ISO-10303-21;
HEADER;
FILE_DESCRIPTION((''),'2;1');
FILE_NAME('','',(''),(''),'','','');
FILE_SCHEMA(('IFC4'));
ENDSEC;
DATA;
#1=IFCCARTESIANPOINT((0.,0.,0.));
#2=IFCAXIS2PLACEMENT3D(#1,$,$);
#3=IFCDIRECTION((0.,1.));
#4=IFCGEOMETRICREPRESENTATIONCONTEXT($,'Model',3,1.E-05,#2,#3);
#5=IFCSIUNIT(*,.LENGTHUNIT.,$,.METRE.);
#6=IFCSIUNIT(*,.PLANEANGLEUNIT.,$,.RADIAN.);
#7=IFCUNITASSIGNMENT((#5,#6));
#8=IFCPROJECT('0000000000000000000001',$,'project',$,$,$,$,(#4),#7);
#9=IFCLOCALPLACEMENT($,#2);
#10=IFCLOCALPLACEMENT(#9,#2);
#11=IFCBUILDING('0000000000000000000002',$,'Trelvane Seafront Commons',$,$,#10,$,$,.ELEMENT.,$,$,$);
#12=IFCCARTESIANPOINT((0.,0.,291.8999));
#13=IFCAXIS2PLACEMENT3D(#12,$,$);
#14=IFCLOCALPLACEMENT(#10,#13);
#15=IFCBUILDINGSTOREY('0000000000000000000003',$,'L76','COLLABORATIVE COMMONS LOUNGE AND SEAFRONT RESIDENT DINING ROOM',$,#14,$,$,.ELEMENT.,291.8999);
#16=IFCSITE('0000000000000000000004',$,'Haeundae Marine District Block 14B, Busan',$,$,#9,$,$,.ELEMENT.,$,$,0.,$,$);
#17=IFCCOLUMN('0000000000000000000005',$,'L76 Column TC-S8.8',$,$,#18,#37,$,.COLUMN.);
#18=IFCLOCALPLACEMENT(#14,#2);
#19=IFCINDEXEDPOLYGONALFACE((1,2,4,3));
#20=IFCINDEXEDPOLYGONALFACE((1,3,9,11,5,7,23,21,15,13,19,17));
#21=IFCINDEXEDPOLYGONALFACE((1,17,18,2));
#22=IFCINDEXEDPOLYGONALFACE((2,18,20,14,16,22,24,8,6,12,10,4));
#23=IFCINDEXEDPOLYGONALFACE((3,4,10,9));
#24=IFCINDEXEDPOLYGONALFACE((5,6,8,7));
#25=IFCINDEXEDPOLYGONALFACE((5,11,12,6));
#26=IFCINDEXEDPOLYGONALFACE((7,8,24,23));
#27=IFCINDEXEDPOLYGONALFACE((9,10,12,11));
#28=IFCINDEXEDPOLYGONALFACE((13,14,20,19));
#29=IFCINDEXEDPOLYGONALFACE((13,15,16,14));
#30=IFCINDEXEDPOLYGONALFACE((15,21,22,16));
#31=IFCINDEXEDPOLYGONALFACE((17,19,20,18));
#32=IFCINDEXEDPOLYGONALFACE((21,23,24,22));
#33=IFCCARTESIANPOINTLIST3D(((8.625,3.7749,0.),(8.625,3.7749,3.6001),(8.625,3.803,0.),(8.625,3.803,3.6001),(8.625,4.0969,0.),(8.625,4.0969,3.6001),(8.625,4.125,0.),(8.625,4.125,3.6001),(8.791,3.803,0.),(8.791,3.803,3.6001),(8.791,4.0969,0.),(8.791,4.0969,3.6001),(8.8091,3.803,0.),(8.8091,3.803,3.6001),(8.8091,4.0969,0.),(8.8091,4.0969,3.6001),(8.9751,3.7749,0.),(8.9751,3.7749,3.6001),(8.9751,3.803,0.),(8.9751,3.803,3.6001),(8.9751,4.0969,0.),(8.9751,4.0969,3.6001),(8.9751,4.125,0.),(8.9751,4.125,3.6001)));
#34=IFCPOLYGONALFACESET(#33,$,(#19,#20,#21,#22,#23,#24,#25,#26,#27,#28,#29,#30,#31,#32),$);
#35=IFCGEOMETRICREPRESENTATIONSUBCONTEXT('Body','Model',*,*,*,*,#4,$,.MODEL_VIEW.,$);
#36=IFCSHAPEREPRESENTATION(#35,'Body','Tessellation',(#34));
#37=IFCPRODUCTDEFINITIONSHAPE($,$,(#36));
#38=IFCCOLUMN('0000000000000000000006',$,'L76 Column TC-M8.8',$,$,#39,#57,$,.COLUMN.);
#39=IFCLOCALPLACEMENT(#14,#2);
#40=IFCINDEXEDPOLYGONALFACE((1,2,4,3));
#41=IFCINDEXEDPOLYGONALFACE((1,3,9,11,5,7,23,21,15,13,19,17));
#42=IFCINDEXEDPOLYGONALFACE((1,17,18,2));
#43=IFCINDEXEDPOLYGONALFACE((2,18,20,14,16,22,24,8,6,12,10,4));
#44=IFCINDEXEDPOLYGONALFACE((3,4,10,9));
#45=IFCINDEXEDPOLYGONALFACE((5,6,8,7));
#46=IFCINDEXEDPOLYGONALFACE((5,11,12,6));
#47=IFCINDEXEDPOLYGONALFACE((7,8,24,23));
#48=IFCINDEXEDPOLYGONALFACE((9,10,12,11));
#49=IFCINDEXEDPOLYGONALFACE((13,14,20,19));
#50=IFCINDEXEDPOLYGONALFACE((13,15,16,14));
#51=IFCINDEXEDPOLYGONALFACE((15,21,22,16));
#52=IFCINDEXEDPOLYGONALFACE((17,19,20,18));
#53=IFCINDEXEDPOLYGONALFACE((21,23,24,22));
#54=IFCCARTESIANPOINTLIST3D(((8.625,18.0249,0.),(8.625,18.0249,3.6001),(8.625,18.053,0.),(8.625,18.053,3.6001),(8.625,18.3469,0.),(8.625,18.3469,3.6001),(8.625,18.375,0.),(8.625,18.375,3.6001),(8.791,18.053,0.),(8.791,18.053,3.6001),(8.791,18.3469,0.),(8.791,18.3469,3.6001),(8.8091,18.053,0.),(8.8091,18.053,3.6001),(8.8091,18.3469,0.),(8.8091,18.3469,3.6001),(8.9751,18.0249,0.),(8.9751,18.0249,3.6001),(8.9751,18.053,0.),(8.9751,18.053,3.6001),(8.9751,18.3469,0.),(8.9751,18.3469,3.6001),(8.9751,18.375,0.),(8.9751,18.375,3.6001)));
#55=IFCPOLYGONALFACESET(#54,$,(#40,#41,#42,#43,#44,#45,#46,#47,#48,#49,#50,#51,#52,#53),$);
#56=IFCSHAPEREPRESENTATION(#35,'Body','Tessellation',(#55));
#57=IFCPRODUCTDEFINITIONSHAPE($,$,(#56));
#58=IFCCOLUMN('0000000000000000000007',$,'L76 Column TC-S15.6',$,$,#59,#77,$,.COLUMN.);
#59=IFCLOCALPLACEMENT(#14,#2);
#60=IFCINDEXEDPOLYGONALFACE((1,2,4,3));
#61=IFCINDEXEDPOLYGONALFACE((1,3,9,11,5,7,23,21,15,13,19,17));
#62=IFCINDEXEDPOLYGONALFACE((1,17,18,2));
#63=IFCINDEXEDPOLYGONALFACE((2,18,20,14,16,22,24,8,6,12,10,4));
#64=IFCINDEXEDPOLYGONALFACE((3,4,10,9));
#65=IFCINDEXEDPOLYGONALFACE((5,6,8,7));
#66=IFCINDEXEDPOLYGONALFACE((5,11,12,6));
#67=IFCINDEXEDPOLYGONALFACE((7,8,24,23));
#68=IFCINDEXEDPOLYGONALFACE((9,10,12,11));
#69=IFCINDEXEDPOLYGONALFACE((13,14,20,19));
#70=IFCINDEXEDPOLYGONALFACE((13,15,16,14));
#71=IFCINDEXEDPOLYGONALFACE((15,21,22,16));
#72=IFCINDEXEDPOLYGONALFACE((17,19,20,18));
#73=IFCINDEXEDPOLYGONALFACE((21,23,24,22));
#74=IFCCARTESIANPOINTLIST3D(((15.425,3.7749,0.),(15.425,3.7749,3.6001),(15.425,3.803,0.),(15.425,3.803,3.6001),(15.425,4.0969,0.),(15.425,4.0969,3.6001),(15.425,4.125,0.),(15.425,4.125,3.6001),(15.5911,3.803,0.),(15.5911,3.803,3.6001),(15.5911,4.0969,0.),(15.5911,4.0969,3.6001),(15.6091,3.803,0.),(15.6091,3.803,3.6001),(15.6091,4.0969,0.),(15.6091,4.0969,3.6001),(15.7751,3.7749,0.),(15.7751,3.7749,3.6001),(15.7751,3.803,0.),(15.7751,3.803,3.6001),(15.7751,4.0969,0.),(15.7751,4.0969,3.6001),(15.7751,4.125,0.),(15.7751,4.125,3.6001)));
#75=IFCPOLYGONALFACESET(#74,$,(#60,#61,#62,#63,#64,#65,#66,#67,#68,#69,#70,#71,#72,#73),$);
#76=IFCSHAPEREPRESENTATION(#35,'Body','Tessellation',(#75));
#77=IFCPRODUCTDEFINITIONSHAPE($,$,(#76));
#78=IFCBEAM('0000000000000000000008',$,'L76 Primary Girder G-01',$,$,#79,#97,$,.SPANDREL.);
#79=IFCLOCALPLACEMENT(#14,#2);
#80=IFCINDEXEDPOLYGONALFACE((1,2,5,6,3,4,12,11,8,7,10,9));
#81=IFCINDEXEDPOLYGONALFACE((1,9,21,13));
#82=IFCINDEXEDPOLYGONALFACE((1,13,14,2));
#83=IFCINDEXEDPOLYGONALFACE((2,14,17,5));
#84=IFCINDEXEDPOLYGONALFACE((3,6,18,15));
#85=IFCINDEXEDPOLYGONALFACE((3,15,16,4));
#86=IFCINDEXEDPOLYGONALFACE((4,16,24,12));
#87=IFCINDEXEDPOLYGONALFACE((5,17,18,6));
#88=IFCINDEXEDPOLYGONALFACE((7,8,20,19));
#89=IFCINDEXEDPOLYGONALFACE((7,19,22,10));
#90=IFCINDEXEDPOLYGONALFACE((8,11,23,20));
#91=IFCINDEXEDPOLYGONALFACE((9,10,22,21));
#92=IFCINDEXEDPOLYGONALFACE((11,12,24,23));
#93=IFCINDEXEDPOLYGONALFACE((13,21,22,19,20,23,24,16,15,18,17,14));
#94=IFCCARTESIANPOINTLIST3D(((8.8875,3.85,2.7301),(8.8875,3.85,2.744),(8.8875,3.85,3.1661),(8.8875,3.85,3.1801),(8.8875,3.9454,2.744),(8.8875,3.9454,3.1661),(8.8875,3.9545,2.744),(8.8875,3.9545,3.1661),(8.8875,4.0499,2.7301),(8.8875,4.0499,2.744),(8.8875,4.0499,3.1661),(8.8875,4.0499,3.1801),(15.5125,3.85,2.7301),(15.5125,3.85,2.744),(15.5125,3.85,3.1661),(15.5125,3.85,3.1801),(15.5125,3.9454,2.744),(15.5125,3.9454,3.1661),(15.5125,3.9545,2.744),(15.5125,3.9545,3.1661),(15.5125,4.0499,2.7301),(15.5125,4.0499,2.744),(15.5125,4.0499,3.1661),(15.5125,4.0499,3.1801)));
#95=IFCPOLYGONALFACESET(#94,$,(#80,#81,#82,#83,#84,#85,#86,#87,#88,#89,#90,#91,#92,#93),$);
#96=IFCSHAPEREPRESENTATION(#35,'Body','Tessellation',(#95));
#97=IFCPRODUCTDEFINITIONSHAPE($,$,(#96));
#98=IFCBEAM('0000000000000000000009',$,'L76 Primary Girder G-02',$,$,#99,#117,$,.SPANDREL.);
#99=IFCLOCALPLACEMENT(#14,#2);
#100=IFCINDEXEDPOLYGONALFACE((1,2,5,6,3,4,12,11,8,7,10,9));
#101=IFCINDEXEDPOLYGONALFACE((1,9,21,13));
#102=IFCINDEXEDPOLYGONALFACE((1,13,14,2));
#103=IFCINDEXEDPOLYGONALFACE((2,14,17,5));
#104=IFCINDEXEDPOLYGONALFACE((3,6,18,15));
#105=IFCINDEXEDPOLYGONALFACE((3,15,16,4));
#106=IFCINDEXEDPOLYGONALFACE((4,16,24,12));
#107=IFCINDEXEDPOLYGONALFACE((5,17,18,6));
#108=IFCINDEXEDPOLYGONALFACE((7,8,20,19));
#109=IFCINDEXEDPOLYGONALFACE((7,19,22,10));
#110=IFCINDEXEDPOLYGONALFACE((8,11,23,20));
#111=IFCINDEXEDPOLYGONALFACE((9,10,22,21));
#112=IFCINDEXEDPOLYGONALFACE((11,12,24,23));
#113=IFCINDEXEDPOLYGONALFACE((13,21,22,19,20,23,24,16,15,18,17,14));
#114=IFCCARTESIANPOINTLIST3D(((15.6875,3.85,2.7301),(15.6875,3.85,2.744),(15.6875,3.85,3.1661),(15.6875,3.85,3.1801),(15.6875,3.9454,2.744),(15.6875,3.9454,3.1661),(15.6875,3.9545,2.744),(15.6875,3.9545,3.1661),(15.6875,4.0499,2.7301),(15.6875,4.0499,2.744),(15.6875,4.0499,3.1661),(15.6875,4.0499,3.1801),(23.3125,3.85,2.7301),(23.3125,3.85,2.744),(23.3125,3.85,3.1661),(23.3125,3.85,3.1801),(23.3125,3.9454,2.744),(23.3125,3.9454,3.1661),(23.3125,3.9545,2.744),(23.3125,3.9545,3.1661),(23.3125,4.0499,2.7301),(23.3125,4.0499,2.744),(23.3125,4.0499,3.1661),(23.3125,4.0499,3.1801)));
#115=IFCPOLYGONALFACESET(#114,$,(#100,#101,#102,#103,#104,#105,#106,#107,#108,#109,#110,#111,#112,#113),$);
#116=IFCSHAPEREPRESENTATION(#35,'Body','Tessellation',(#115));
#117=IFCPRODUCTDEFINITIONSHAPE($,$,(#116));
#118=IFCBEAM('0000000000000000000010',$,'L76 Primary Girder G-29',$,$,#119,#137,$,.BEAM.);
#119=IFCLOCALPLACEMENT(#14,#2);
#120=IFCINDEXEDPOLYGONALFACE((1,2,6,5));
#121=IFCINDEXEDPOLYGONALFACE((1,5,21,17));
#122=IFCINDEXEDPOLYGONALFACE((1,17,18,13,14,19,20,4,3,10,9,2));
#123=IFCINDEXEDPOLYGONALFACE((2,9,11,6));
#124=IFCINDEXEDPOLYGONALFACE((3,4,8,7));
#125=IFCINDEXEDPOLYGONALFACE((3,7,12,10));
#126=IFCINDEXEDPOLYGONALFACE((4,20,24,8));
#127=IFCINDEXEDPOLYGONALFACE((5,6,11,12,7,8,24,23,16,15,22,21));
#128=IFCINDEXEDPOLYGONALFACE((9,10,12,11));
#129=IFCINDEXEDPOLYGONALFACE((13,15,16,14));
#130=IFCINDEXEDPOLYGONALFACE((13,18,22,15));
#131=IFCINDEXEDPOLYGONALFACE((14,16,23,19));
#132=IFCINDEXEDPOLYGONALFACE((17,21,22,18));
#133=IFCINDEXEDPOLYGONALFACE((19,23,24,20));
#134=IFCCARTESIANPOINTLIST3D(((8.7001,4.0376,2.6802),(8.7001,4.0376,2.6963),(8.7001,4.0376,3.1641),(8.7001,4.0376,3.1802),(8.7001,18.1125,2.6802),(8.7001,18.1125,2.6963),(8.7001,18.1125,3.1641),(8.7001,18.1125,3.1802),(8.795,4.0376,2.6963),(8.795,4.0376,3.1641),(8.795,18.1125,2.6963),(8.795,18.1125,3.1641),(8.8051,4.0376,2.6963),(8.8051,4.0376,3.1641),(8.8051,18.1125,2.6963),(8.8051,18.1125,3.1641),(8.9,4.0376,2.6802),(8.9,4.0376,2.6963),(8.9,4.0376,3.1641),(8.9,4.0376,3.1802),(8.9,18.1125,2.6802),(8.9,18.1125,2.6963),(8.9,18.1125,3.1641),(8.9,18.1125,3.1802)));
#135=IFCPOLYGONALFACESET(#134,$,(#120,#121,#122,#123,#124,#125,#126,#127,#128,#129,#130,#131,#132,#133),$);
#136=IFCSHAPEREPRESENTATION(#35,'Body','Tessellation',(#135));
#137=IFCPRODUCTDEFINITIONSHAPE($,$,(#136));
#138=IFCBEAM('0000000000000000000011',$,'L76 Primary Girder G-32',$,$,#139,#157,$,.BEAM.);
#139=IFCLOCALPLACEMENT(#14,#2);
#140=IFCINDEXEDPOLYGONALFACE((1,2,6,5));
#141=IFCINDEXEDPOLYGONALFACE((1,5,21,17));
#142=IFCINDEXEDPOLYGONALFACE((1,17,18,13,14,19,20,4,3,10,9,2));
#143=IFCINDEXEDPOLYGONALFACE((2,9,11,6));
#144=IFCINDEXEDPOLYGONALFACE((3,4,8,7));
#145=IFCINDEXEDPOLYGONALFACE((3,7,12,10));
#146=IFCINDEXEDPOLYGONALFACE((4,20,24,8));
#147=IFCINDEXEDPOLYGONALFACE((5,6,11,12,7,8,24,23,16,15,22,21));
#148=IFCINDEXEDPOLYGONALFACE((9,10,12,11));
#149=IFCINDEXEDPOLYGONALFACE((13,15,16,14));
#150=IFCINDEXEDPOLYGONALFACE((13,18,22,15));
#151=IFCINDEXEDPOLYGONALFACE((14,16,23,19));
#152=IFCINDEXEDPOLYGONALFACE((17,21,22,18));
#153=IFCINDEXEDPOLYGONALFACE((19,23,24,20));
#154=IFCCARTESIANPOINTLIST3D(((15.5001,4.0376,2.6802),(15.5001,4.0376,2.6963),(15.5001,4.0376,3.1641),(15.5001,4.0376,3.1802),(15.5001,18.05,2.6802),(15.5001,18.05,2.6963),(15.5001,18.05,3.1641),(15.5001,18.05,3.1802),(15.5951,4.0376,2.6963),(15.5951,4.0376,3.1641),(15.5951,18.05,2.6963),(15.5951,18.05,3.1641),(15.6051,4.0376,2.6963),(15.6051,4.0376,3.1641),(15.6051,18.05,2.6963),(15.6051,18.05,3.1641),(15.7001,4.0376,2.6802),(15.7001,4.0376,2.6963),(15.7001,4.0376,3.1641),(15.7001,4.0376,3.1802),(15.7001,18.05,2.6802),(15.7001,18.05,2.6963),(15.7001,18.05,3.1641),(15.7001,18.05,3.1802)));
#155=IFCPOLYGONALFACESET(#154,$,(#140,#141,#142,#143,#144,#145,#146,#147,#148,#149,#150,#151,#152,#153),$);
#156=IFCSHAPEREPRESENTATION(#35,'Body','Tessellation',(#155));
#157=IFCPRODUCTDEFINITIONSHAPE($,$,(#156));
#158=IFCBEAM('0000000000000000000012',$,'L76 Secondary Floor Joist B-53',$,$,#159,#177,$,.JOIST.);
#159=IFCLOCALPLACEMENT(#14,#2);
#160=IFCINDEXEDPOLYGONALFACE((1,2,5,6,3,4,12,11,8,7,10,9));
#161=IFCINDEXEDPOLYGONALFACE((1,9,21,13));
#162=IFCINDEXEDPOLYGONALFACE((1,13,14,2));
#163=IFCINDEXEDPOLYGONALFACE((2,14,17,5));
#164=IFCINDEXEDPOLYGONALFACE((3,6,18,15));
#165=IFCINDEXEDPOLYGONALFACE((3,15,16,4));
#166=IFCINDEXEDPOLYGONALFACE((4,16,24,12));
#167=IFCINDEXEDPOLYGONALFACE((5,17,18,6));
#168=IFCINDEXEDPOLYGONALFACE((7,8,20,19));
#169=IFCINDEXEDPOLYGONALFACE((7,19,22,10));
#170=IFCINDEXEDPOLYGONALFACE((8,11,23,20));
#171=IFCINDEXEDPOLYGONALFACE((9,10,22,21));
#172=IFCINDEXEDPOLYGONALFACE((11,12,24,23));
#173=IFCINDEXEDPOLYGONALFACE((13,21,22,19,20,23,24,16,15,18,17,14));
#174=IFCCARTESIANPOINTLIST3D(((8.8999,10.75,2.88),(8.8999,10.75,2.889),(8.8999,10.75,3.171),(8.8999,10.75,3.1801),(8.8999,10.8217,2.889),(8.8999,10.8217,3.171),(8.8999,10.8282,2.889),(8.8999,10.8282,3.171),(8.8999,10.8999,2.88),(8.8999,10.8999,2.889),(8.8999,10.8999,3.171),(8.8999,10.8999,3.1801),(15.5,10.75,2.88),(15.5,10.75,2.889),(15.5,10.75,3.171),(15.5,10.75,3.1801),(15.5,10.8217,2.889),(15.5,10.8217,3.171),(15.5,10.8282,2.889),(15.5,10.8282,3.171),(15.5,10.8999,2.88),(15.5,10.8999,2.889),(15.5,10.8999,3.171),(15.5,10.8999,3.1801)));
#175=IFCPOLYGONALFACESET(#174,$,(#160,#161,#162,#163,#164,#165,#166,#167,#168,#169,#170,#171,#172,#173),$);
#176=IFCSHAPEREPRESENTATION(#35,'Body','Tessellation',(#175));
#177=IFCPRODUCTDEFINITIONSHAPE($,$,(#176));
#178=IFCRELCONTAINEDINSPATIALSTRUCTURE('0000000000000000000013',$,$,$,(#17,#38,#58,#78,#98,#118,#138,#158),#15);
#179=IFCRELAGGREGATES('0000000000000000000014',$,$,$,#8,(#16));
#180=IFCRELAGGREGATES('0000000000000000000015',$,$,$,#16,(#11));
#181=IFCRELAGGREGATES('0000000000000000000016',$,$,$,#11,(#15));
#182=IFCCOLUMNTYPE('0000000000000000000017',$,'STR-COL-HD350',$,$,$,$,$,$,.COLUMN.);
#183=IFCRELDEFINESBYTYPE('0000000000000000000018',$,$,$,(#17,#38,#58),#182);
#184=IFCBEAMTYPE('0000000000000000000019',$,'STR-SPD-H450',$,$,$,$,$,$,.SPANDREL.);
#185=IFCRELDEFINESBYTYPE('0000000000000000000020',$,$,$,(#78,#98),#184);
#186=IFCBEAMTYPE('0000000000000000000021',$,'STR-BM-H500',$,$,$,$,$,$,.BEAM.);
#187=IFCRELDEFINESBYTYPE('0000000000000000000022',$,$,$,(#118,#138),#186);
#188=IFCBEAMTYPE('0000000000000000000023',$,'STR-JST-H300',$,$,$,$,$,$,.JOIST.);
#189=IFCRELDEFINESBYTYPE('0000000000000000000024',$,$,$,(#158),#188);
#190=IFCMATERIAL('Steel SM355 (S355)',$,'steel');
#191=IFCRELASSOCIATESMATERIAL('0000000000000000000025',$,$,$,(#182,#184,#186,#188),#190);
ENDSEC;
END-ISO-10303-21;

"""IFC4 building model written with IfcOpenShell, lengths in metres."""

from ifc_helpers import new_model, si_unit, direction, frame, origin, origin_2d, place, context, subcontext, project, spatial, i_section, extrude, source, transform, mapped, material, material_profile, profile_set, type_object, element, save


model = new_model("IFC4")

# Units and contexts
model_context = context("Model", 3, precision=1e-05, world=origin(), true_north=direction((0.0, 1.0)))
body_context = subcontext(model_context, "Body", "Model", "MODEL_VIEW")
ifc_project = project(units=[si_unit("LENGTHUNIT", "METRE"), si_unit("PLANEANGLEUNIT", "RADIAN")], contexts=[model_context])

# Site, building, storey
site_placement = place(None, origin())
site = spatial("IfcSite", under=ifc_project, at=site_placement, Name="Haeundae Marine District Block 14B, Busan", CompositionType="ELEMENT", RefElevation=0.0)
building_placement = place(site_placement, origin())
building = spatial("IfcBuilding", under=site, at=building_placement, Name="Trelvane Seafront Commons", CompositionType="ELEMENT")
storey_placement = place(building_placement, frame((0.0, 0.0, 291.8999)))
storey = spatial("IfcBuildingStorey", under=building, at=storey_placement, Name="L76", Description="COLLABORATIVE COMMONS LOUNGE AND SEAFRONT RESIDENT DINING ROOM", CompositionType="ELEMENT", Elevation=291.8999)

# Columns
ifc_material_1 = material(Name="Steel SM355 (S355)", Category="steel")
ifc_material_profile_1 = material_profile(ifc_material_1, i_section(OverallWidth=0.3501, OverallDepth=0.3501, WebThickness=0.0181, FlangeThickness=0.0281, at=origin_2d()), Name="HD-350x350x18x28")
ifc_profile_set_1 = profile_set([ifc_material_profile_1], Name="Steel SM355 (S355)")
column_type = type_object("IfcColumnType", Name="STR-COL-HD350", PredefinedType="COLUMN", material=ifc_profile_set_1)
shared_shape_1 = source(origin(), body_context, "Body", "SweptSolid", [
    extrude(i_section(OverallWidth=0.3501, OverallDepth=0.3501, WebThickness=0.0181, FlangeThickness=0.0281, at=origin_2d()), origin(), (0.0, 0.0, 1.0), 3.6001),
])
for number, where, z_axis, x_axis, name in (
    (1, (8.8, 3.95, 0.0), (0.0, 0.0, 1.0), (1.0, 0.0, 0.0), "L76 Column TC-S8.8"),
    (2, (8.8, 18.2, 0.0), (0.0, 0.0, 1.0), (1.0, 0.0, 0.0), "L76 Column TC-M8.8"),
    (3, (15.6001, 3.95, 0.0), (0.0, 0.0, 1.0), (1.0, 0.0, 0.0), "L76 Column TC-S15.6"),
):
    element("IfcColumn", number, at=place(storey_placement, frame(where, z_axis=z_axis, x_axis=x_axis)), inside=storey, type_object=column_type, Name=name, PredefinedType="COLUMN", context=body_context, shape_type="MappedRepresentation", body=[
        mapped(shared_shape_1, transform((0.0, 0.0, 0.0), x_axis=(1.0, 0.0, 0.0), y_axis=(0.0, 1.0, 0.0), z_axis=(0.0, 0.0, 1.0), scale=1.0)),
    ])

# Beams
ifc_material_profile_2 = material_profile(ifc_material_1, i_section(OverallWidth=0.2, OverallDepth=0.45, WebThickness=0.009, FlangeThickness=0.0139, at=origin_2d()), Name="H-450x200x9x14")
ifc_profile_set_2 = profile_set([ifc_material_profile_2], Name="Steel SM355 (S355)")
beam_type_1 = type_object("IfcBeamType", Name="STR-SPD-H450", PredefinedType="SPANDREL", material=ifc_profile_set_2)
shared_shape_2 = source(origin(), body_context, "Body", "SweptSolid", [
    extrude(i_section(OverallWidth=0.2, OverallDepth=0.45, WebThickness=0.009, FlangeThickness=0.0139, at=origin_2d()), origin(), (0.0, 0.0, 1.0), 6.625),
])
beam_1_placement = place(storey_placement, frame((8.8875, 3.95, 2.9551), z_axis=(1.0, 0.0, 0.0), x_axis=(0.0, 1.0, 0.0)))
element("IfcBeam", 4, at=beam_1_placement, inside=storey, type_object=beam_type_1, Name="L76 Primary Girder G-01", PredefinedType="SPANDREL", context=body_context, shape_type="MappedRepresentation", body=[
    mapped(shared_shape_2, transform((0.0, 0.0, 0.0), x_axis=(1.0, 0.0, 0.0), y_axis=(0.0, 1.0, 0.0), z_axis=(0.0, 0.0, 1.0), scale=1.0)),
])
shared_shape_3 = source(origin(), body_context, "Body", "SweptSolid", [
    extrude(i_section(OverallWidth=0.2, OverallDepth=0.45, WebThickness=0.009, FlangeThickness=0.0139, at=origin_2d()), origin(), (0.0, 0.0, 1.0), 7.625),
])
beam_2_placement = place(storey_placement, frame((15.6875, 3.95, 2.9551), z_axis=(1.0, 0.0, 0.0), x_axis=(0.0, 1.0, 0.0)))
element("IfcBeam", 5, at=beam_2_placement, inside=storey, type_object=beam_type_1, Name="L76 Primary Girder G-02", PredefinedType="SPANDREL", context=body_context, shape_type="MappedRepresentation", body=[
    mapped(shared_shape_3, transform((0.0, 0.0, 0.0), x_axis=(1.0, 0.0, 0.0), y_axis=(0.0, 1.0, 0.0), z_axis=(0.0, 0.0, 1.0), scale=1.0)),
])
ifc_material_profile_3 = material_profile(ifc_material_1, i_section(OverallWidth=0.2, OverallDepth=0.5, WebThickness=0.01, FlangeThickness=0.0161, at=origin_2d()), Name="H-500x200x10x16")
ifc_profile_set_3 = profile_set([ifc_material_profile_3], Name="Steel SM355 (S355)")
beam_type_2 = type_object("IfcBeamType", Name="STR-BM-H500", PredefinedType="BEAM", material=ifc_profile_set_3)
shared_shape_4 = source(origin(), body_context, "Body", "SweptSolid", [
    extrude(i_section(OverallWidth=0.2, OverallDepth=0.5, WebThickness=0.01, FlangeThickness=0.0161, at=origin_2d()), origin(), (0.0, 0.0, 1.0), 14.075),
])
beam_3_placement = place(storey_placement, frame((8.8, 4.0376, 2.9302), z_axis=(0.0, 1.0, 0.0), x_axis=(-1.0, 0.0, 0.0)))
element("IfcBeam", 6, at=beam_3_placement, inside=storey, type_object=beam_type_2, Name="L76 Primary Girder G-29", PredefinedType="BEAM", context=body_context, shape_type="MappedRepresentation", body=[
    mapped(shared_shape_4, transform((0.0, 0.0, 0.0), x_axis=(1.0, 0.0, 0.0), y_axis=(0.0, 1.0, 0.0), z_axis=(0.0, 0.0, 1.0), scale=1.0)),
])
shared_shape_5 = source(origin(), body_context, "Body", "SweptSolid", [
    extrude(i_section(OverallWidth=0.2, OverallDepth=0.5, WebThickness=0.01, FlangeThickness=0.0161, at=origin_2d()), origin(), (0.0, 0.0, 1.0), 14.0125),
])
beam_4_placement = place(storey_placement, frame((15.6001, 4.0376, 2.9302), z_axis=(0.0, 1.0, 0.0), x_axis=(-1.0, 0.0, 0.0)))
element("IfcBeam", 7, at=beam_4_placement, inside=storey, type_object=beam_type_2, Name="L76 Primary Girder G-32", PredefinedType="BEAM", context=body_context, shape_type="MappedRepresentation", body=[
    mapped(shared_shape_5, transform((0.0, 0.0, 0.0), x_axis=(1.0, 0.0, 0.0), y_axis=(0.0, 1.0, 0.0), z_axis=(0.0, 0.0, 1.0), scale=1.0)),
])
ifc_material_profile_4 = material_profile(ifc_material_1, i_section(OverallWidth=0.1499, OverallDepth=0.3, WebThickness=0.0066, FlangeThickness=0.009, at=origin_2d()), Name="H-300x150x6.5x9")
ifc_profile_set_4 = profile_set([ifc_material_profile_4], Name="Steel SM355 (S355)")
beam_type_3 = type_object("IfcBeamType", Name="STR-JST-H300", PredefinedType="JOIST", material=ifc_profile_set_4)
shared_shape_6 = source(origin(), body_context, "Body", "SweptSolid", [
    extrude(i_section(OverallWidth=0.1499, OverallDepth=0.3, WebThickness=0.0066, FlangeThickness=0.009, at=origin_2d()), origin(), (0.0, 0.0, 1.0), 6.6001),
])
beam_5_placement = place(storey_placement, frame((8.8999, 10.825, 3.03), z_axis=(1.0, 0.0, 0.0), x_axis=(0.0, 1.0, 0.0)))
element("IfcBeam", 8, at=beam_5_placement, inside=storey, type_object=beam_type_3, Name="L76 Secondary Floor Joist B-53", PredefinedType="JOIST", context=body_context, shape_type="MappedRepresentation", body=[
    mapped(shared_shape_6, transform((0.0, 0.0, 0.0), x_axis=(1.0, 0.0, 0.0), y_axis=(0.0, 1.0, 0.0), z_axis=(0.0, 0.0, 1.0), scale=1.0)),
])

save(model, "model.ifc")
